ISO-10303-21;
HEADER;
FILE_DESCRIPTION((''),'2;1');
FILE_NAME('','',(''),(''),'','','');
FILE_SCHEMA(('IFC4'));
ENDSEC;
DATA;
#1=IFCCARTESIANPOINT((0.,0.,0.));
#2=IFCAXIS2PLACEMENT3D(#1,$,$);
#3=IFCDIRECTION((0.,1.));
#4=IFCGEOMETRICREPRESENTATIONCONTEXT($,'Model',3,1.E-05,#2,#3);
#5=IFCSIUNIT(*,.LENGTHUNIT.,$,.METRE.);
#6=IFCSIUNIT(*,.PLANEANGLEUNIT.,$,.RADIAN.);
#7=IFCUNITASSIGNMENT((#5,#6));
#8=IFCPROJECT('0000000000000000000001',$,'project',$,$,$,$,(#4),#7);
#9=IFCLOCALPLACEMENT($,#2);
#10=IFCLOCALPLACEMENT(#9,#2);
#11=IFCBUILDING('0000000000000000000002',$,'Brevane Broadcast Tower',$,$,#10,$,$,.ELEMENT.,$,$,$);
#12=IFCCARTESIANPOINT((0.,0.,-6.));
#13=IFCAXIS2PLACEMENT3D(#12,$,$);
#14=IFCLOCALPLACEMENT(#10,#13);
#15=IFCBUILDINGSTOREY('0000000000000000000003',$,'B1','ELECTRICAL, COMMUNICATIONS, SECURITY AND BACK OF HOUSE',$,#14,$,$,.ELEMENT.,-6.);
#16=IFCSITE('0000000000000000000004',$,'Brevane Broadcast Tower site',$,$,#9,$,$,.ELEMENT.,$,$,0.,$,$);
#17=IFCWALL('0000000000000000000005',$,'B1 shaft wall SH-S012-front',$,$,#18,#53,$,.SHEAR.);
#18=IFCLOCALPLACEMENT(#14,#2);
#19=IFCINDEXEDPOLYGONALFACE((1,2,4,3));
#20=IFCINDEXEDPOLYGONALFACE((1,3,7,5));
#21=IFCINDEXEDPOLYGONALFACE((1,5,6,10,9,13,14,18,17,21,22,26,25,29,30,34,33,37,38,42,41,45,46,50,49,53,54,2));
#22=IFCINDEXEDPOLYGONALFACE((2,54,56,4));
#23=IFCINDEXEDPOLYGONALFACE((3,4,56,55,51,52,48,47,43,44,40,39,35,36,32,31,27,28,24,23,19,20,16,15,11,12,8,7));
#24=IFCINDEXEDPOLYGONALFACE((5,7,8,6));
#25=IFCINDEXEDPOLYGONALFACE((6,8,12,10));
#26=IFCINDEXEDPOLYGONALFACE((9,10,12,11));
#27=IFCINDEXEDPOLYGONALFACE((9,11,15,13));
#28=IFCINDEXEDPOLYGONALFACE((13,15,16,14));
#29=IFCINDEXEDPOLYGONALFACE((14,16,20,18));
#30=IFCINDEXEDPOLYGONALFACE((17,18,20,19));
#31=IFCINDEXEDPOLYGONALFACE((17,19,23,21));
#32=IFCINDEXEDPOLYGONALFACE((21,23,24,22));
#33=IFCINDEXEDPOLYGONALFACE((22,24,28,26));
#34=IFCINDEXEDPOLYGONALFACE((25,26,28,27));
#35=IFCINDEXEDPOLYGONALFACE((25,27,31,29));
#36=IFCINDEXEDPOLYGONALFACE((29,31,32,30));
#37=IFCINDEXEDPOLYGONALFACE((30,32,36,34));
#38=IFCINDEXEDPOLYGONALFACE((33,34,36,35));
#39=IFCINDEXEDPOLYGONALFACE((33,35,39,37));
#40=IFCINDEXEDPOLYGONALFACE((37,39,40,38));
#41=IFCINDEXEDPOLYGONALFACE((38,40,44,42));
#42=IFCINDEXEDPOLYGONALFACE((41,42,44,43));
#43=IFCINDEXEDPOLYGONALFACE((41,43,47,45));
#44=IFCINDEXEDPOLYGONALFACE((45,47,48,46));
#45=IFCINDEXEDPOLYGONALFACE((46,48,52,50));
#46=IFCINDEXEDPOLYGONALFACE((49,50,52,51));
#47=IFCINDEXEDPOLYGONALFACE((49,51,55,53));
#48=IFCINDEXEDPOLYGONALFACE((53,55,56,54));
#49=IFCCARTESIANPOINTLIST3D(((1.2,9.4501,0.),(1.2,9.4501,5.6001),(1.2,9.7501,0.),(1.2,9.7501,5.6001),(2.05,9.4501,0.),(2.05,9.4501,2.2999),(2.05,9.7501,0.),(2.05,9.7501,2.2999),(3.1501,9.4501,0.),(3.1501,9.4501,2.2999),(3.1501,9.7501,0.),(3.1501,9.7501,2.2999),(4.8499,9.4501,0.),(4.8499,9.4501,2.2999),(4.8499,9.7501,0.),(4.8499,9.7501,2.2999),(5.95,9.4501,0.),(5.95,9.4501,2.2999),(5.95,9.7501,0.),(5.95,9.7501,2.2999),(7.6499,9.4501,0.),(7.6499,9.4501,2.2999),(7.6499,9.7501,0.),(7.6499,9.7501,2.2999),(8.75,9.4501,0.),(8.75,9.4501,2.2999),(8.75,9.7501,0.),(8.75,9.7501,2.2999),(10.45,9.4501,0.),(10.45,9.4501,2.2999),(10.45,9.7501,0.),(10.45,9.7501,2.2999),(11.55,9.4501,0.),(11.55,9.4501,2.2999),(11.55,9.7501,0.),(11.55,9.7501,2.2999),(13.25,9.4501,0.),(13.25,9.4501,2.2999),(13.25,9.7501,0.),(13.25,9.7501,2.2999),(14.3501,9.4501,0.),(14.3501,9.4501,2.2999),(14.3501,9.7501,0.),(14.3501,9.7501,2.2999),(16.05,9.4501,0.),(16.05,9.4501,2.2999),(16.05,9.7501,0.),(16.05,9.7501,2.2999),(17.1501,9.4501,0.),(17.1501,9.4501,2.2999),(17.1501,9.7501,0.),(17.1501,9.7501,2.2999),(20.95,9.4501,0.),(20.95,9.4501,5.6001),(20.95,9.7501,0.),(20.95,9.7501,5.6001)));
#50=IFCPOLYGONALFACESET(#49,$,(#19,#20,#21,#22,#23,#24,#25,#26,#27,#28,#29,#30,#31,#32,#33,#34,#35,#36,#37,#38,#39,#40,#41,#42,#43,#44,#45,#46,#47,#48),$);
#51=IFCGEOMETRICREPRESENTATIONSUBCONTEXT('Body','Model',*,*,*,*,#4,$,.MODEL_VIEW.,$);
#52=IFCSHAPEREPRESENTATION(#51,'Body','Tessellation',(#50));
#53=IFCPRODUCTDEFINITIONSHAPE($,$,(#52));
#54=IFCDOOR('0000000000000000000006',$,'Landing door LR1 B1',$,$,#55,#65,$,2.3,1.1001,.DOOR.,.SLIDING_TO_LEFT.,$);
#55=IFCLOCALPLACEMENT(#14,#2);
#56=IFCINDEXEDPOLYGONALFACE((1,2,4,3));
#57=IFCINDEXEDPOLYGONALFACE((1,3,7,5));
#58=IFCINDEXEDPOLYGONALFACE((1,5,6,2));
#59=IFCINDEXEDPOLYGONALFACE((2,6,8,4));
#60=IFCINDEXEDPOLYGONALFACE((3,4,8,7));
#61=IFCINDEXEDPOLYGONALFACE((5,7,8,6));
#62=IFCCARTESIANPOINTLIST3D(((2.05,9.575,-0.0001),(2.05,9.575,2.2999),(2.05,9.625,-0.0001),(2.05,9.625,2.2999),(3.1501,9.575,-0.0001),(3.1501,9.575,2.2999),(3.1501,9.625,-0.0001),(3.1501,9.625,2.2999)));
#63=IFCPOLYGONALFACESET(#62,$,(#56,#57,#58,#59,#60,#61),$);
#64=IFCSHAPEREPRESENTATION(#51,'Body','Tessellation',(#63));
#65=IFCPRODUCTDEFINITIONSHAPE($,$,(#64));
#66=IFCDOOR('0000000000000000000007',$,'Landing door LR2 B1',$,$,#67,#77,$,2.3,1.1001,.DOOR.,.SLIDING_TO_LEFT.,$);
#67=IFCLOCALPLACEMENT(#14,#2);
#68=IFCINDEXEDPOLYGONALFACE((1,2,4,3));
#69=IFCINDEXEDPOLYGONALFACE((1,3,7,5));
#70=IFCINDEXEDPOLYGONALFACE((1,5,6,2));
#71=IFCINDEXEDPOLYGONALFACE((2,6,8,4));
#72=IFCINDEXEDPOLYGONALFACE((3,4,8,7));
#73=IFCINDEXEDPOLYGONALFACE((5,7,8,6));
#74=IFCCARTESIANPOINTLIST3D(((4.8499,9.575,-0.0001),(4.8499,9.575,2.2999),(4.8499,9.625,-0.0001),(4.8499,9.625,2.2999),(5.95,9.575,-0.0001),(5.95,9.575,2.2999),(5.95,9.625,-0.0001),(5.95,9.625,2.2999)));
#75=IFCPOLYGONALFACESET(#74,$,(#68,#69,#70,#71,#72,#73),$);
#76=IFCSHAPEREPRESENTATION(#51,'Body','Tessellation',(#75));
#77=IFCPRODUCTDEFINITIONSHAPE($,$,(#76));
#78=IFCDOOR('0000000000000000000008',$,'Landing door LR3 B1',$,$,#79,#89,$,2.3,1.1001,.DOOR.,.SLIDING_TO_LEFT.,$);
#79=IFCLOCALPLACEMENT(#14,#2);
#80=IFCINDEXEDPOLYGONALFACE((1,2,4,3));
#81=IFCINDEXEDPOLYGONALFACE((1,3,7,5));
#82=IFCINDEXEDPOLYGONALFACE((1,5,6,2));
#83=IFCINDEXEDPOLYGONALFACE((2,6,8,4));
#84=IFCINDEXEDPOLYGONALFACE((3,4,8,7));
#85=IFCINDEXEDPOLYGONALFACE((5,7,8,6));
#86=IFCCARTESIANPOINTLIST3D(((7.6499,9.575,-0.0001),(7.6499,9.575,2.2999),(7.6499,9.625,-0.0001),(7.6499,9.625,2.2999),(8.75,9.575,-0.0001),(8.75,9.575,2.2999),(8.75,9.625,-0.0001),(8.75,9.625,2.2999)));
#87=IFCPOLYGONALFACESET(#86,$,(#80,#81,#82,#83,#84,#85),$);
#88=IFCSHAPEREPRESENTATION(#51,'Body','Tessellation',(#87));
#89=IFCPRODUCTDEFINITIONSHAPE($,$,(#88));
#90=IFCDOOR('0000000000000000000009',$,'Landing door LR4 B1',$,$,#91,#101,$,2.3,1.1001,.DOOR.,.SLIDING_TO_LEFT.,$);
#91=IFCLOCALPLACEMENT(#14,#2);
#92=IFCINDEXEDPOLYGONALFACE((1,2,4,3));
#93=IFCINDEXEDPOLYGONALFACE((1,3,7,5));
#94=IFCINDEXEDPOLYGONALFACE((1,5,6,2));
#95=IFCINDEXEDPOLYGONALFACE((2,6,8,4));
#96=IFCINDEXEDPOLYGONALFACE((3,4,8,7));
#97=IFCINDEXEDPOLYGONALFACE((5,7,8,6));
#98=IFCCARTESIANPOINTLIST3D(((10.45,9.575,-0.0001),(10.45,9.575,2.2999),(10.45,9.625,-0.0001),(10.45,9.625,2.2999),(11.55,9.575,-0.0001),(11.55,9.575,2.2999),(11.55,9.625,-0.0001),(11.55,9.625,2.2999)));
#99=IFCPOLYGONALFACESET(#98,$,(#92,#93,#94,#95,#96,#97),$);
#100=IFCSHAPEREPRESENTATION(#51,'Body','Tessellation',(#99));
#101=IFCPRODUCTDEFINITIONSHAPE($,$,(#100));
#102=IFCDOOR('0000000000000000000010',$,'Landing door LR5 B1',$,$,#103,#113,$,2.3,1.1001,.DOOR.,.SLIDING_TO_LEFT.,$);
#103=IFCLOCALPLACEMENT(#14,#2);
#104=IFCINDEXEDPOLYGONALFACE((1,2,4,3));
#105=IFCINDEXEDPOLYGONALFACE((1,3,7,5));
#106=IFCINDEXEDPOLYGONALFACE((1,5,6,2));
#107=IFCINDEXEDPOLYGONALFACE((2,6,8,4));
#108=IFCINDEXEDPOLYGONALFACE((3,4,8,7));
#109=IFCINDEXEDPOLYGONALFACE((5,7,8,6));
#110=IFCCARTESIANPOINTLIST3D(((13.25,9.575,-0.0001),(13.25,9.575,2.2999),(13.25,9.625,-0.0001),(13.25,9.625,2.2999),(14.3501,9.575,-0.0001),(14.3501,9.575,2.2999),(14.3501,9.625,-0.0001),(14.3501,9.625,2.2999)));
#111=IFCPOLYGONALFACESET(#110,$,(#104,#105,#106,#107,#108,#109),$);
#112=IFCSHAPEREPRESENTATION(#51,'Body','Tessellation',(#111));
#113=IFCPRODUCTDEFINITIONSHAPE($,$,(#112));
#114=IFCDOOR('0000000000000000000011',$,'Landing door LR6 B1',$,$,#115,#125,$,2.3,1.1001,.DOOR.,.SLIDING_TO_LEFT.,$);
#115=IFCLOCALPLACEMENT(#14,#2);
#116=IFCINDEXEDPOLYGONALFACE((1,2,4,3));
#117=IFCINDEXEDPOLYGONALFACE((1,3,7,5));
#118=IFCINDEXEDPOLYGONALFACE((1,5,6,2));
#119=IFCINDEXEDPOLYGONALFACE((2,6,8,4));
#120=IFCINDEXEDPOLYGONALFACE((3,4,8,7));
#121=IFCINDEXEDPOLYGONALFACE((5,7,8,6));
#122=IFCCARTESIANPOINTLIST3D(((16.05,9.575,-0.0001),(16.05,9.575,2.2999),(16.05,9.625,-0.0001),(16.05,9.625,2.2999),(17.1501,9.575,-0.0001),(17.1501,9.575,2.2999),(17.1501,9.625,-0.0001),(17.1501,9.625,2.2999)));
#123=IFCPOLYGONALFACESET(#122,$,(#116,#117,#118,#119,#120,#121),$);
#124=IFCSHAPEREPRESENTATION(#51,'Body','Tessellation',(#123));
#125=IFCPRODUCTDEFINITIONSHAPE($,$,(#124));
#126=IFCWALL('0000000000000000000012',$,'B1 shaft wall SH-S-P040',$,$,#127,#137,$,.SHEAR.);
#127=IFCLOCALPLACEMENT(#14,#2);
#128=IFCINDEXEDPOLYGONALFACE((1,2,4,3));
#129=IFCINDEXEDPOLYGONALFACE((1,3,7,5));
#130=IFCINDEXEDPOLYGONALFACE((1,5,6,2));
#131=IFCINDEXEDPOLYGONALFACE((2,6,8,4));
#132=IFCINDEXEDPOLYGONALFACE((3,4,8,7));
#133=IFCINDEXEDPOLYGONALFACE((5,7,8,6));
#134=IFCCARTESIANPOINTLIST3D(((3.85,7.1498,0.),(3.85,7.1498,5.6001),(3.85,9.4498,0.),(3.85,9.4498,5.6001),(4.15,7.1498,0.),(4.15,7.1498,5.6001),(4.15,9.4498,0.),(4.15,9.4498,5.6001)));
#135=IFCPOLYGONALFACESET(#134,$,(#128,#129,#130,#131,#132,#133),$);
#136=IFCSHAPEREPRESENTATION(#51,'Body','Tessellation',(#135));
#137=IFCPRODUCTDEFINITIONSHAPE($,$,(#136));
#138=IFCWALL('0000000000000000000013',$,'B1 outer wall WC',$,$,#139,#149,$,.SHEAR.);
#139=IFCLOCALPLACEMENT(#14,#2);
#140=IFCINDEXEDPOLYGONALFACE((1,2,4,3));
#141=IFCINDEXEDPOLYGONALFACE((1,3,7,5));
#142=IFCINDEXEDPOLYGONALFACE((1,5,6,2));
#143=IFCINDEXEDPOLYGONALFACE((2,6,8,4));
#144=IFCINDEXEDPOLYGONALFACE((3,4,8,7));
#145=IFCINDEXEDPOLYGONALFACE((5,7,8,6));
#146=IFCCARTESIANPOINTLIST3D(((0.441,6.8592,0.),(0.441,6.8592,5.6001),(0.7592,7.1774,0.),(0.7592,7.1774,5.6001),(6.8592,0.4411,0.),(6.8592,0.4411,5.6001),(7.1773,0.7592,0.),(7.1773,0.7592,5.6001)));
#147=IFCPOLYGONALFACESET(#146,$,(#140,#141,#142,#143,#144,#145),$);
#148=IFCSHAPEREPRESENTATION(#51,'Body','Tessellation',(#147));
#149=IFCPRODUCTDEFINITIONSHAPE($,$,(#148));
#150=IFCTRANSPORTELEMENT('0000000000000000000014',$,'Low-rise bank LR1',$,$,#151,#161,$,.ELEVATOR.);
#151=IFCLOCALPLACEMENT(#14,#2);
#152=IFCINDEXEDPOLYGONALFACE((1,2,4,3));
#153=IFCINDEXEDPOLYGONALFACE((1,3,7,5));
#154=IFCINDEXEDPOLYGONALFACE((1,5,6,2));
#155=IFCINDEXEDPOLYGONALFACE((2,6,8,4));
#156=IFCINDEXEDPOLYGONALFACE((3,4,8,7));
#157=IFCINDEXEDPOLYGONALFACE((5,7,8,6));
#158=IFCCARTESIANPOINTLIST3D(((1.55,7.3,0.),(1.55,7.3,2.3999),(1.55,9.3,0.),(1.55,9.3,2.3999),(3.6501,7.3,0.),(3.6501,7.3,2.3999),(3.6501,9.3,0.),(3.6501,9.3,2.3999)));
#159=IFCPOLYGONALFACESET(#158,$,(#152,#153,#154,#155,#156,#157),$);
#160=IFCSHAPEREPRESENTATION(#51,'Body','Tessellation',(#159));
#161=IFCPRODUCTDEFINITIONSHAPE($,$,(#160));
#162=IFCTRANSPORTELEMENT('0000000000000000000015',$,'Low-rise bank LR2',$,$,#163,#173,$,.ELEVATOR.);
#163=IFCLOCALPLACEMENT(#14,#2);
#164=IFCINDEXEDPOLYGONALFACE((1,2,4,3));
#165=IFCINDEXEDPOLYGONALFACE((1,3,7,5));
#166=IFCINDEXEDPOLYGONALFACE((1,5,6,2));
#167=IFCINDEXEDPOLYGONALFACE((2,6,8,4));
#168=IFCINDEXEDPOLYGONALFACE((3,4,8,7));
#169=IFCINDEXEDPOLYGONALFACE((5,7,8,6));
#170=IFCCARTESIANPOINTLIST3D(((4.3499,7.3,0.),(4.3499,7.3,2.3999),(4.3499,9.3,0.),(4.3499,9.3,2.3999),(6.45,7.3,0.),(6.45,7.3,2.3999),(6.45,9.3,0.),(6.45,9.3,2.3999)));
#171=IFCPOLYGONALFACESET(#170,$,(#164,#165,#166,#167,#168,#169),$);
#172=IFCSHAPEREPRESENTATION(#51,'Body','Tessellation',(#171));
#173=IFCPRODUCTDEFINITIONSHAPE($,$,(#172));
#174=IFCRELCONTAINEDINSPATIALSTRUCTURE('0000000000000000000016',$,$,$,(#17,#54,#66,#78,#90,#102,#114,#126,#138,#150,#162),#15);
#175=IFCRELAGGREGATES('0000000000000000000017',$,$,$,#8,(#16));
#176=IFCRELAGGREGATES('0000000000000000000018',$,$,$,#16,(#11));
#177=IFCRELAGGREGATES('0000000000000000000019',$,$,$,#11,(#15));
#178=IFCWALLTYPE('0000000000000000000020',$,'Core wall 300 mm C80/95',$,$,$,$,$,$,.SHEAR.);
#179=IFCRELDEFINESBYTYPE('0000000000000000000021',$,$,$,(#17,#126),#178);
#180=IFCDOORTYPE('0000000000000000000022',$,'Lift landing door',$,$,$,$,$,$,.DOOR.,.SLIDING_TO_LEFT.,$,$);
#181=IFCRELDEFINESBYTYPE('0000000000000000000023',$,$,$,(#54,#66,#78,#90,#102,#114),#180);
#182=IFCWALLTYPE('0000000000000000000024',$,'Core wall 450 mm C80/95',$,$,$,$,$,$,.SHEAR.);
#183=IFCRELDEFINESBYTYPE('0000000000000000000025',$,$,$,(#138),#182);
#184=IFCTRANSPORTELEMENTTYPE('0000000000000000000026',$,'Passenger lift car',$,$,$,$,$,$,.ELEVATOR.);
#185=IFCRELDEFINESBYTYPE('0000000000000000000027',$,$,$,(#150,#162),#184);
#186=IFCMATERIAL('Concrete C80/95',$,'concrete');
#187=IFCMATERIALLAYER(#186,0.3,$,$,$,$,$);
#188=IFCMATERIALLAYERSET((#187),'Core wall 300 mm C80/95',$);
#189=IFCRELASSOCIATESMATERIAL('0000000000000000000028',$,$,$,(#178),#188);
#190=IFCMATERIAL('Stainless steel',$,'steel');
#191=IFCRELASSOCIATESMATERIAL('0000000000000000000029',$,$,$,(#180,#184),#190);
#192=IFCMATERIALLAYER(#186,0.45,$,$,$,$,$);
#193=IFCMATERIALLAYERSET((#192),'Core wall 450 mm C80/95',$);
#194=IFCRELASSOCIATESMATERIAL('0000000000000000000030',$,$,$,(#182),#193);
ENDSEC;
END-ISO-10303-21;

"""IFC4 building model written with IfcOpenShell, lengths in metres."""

from ifc_helpers import new_model, si_unit, direction, frame, frame_2d, origin, origin_2d, place, context, subcontext, project, spatial, rectangle, extrude, material, layer, layer_set, type_object, element, fill, save


model = new_model("IFC4")

# Units and contexts
model_context = context("Model", 3, precision=1e-05, world=origin(), true_north=direction((0.0, 1.0)))
body_context = subcontext(model_context, "Body", "Model", "MODEL_VIEW")
ifc_project = project(units=[si_unit("LENGTHUNIT", "METRE"), si_unit("PLANEANGLEUNIT", "RADIAN")], contexts=[model_context])

# Site, building, storey
site_placement = place(None, origin())
site = spatial("IfcSite", under=ifc_project, at=site_placement, Name="Brevane Broadcast Tower site", CompositionType="ELEMENT", RefElevation=0.0)
building_placement = place(site_placement, origin())
building = spatial("IfcBuilding", under=site, at=building_placement, Name="Brevane Broadcast Tower", CompositionType="ELEMENT")
storey_placement = place(building_placement, frame((0.0, 0.0, -6.0)))
storey = spatial("IfcBuildingStorey", under=building, at=storey_placement, Name="B1", Description="ELECTRICAL, COMMUNICATIONS, SECURITY AND BACK OF HOUSE", CompositionType="ELEMENT", Elevation=-6.0)

# Shared definitions
ifc_material_1 = material(Name="Concrete C80/95", Category="concrete")
ifc_layer_1 = layer(ifc_material_1, 0.3)
ifc_layer_set_1 = layer_set([ifc_layer_1], Name="Core wall 300 mm C80/95")
wall_type_1 = type_object("IfcWallType", Name="Core wall 300 mm C80/95", PredefinedType="SHEAR", material=ifc_layer_set_1)

# Wall, openings, doors
wall_1_placement = place(storey_placement, frame((1.2, 9.6001, 0.0), z_axis=(0.0, 0.0, 1.0), x_axis=(1.0, 0.0, 0.0)))
wall_1 = element("IfcWall", 1, at=wall_1_placement, inside=storey, type_object=wall_type_1, Name="B1 shaft wall SH-S012-front", PredefinedType="SHEAR", context=body_context, shape_type="SweptSolid", body=[
    extrude(rectangle(XDim=19.75, YDim=0.3, at=frame_2d((9.875, 0.0))), origin(), (0.0, 0.0, 1.0), 5.6001),
])
opening_1_placement = place(wall_1_placement, frame((0.8501, 0.0, 0.0)))
opening_1 = element("IfcOpeningElement", 2, at=opening_1_placement, cuts=wall_1, PredefinedType="OPENING", context=body_context, shape_type="SweptSolid", body=[
    extrude(rectangle(XDim=1.1001, YDim=2.3, at=frame_2d((0.55, 1.1499))), frame((0.0, 0.1599, 0.0), z_axis=(0.0, -1.0, 0.0), x_axis=(1.0, 0.0, 0.0)), (0.0, 0.0, 1.0), 0.3201),
])
opening_2_placement = place(wall_1_placement, frame((3.6499, 0.0, 0.0)))
opening_2 = element("IfcOpeningElement", 3, at=opening_2_placement, cuts=wall_1, PredefinedType="OPENING", context=body_context, shape_type="SweptSolid", body=[
    extrude(rectangle(XDim=1.1001, YDim=2.3, at=frame_2d((0.55, 1.1499))), frame((0.0, 0.1599, 0.0), z_axis=(0.0, -1.0, 0.0), x_axis=(1.0, 0.0, 0.0)), (0.0, 0.0, 1.0), 0.3201),
])
opening_3_placement = place(wall_1_placement, frame((6.45, 0.0, 0.0)))
opening_3 = element("IfcOpeningElement", 4, at=opening_3_placement, cuts=wall_1, PredefinedType="OPENING", context=body_context, shape_type="SweptSolid", body=[
    extrude(rectangle(XDim=1.1001, YDim=2.3, at=frame_2d((0.55, 1.1499))), frame((0.0, 0.1599, 0.0), z_axis=(0.0, -1.0, 0.0), x_axis=(1.0, 0.0, 0.0)), (0.0, 0.0, 1.0), 0.3201),
])
opening_4_placement = place(wall_1_placement, frame((9.25, 0.0, 0.0)))
opening_4 = element("IfcOpeningElement", 5, at=opening_4_placement, cuts=wall_1, PredefinedType="OPENING", context=body_context, shape_type="SweptSolid", body=[
    extrude(rectangle(XDim=1.1001, YDim=2.3, at=frame_2d((0.55, 1.1499))), frame((0.0, 0.1599, 0.0), z_axis=(0.0, -1.0, 0.0), x_axis=(1.0, 0.0, 0.0)), (0.0, 0.0, 1.0), 0.3201),
])
opening_5_placement = place(wall_1_placement, frame((12.05, 0.0, 0.0)))
opening_5 = element("IfcOpeningElement", 6, at=opening_5_placement, cuts=wall_1, PredefinedType="OPENING", context=body_context, shape_type="SweptSolid", body=[
    extrude(rectangle(XDim=1.1001, YDim=2.3, at=frame_2d((0.55, 1.1499))), frame((0.0, 0.1599, 0.0), z_axis=(0.0, -1.0, 0.0), x_axis=(1.0, 0.0, 0.0)), (0.0, 0.0, 1.0), 0.3201),
])
opening_6_placement = place(wall_1_placement, frame((14.8501, 0.0, 0.0)))
opening_6 = element("IfcOpeningElement", 7, at=opening_6_placement, cuts=wall_1, PredefinedType="OPENING", context=body_context, shape_type="SweptSolid", body=[
    extrude(rectangle(XDim=1.1001, YDim=2.3, at=frame_2d((0.55, 1.1499))), frame((0.0, 0.1599, 0.0), z_axis=(0.0, -1.0, 0.0), x_axis=(1.0, 0.0, 0.0)), (0.0, 0.0, 1.0), 0.3201),
])
ifc_material_2 = material(Name="Stainless steel", Category="steel")
door_type_1 = type_object("IfcDoorType", Name="Lift landing door", OperationType="SLIDING_TO_LEFT", PredefinedType="DOOR", material=ifc_material_2)
door_1_placement = place(opening_1_placement, origin())
door_1 = element("IfcDoor", 8, at=door_1_placement, inside=storey, type_object=door_type_1, Name="Landing door LR1 B1", OperationType="SLIDING_TO_LEFT", OverallHeight=2.3, OverallWidth=1.1001, PredefinedType="DOOR", context=body_context, shape_type="SweptSolid", body=[
    extrude(rectangle(XDim=1.1001, YDim=2.3, at=frame_2d((0.55, 1.1499))), frame((0.0, 0.0249, 0.0), z_axis=(0.0, -1.0, 0.0), x_axis=(1.0, 0.0, 0.0)), (0.0, 0.0, 1.0), 0.05),
])
fill(opening_1, door_1)
door_2_placement = place(opening_2_placement, origin())
door_2 = element("IfcDoor", 9, at=door_2_placement, inside=storey, type_object=door_type_1, Name="Landing door LR2 B1", OperationType="SLIDING_TO_LEFT", OverallHeight=2.3, OverallWidth=1.1001, PredefinedType="DOOR", context=body_context, shape_type="SweptSolid", body=[
    extrude(rectangle(XDim=1.1001, YDim=2.3, at=frame_2d((0.55, 1.1499))), frame((0.0, 0.0249, 0.0), z_axis=(0.0, -1.0, 0.0), x_axis=(1.0, 0.0, 0.0)), (0.0, 0.0, 1.0), 0.05),
])
fill(opening_2, door_2)
door_3_placement = place(opening_3_placement, origin())
door_3 = element("IfcDoor", 10, at=door_3_placement, inside=storey, type_object=door_type_1, Name="Landing door LR3 B1", OperationType="SLIDING_TO_LEFT", OverallHeight=2.3, OverallWidth=1.1001, PredefinedType="DOOR", context=body_context, shape_type="SweptSolid", body=[
    extrude(rectangle(XDim=1.1001, YDim=2.3, at=frame_2d((0.55, 1.1499))), frame((0.0, 0.0249, 0.0), z_axis=(0.0, -1.0, 0.0), x_axis=(1.0, 0.0, 0.0)), (0.0, 0.0, 1.0), 0.05),
])
fill(opening_3, door_3)
door_4_placement = place(opening_4_placement, origin())
door_4 = element("IfcDoor", 11, at=door_4_placement, inside=storey, type_object=door_type_1, Name="Landing door LR4 B1", OperationType="SLIDING_TO_LEFT", OverallHeight=2.3, OverallWidth=1.1001, PredefinedType="DOOR", context=body_context, shape_type="SweptSolid", body=[
    extrude(rectangle(XDim=1.1001, YDim=2.3, at=frame_2d((0.55, 1.1499))), frame((0.0, 0.0249, 0.0), z_axis=(0.0, -1.0, 0.0), x_axis=(1.0, 0.0, 0.0)), (0.0, 0.0, 1.0), 0.05),
])
fill(opening_4, door_4)
door_5_placement = place(opening_5_placement, origin())
door_5 = element("IfcDoor", 12, at=door_5_placement, inside=storey, type_object=door_type_1, Name="Landing door LR5 B1", OperationType="SLIDING_TO_LEFT", OverallHeight=2.3, OverallWidth=1.1001, PredefinedType="DOOR", context=body_context, shape_type="SweptSolid", body=[
    extrude(rectangle(XDim=1.1001, YDim=2.3, at=frame_2d((0.55, 1.1499))), frame((0.0, 0.0249, 0.0), z_axis=(0.0, -1.0, 0.0), x_axis=(1.0, 0.0, 0.0)), (0.0, 0.0, 1.0), 0.05),
])
fill(opening_5, door_5)
door_6_placement = place(opening_6_placement, origin())
door_6 = element("IfcDoor", 13, at=door_6_placement, inside=storey, type_object=door_type_1, Name="Landing door LR6 B1", OperationType="SLIDING_TO_LEFT", OverallHeight=2.3, OverallWidth=1.1001, PredefinedType="DOOR", context=body_context, shape_type="SweptSolid", body=[
    extrude(rectangle(XDim=1.1001, YDim=2.3, at=frame_2d((0.55, 1.1499))), frame((0.0, 0.0249, 0.0), z_axis=(0.0, -1.0, 0.0), x_axis=(1.0, 0.0, 0.0)), (0.0, 0.0, 1.0), 0.05),
])
fill(opening_6, door_6)

# Walls
wall_2_placement = place(storey_placement, frame((4.0, 7.1499, 0.0), z_axis=(0.0, 0.0, 1.0), x_axis=(0.0, 1.0, 0.0)))
element("IfcWall", 14, at=wall_2_placement, inside=storey, type_object=wall_type_1, Name="B1 shaft wall SH-S-P040", PredefinedType="SHEAR", context=body_context, shape_type="SweptSolid", body=[
    extrude(rectangle(XDim=2.3, YDim=0.3, at=frame_2d((1.1499, 0.0))), origin(), (0.0, 0.0, 1.0), 5.6001),
])
ifc_layer_2 = layer(ifc_material_1, 0.45)
ifc_layer_set_2 = layer_set([ifc_layer_2], Name="Core wall 450 mm C80/95")
wall_type_2 = type_object("IfcWallType", Name="Core wall 450 mm C80/95", PredefinedType="SHEAR", material=ifc_layer_set_2)
wall_3_placement = place(storey_placement, frame((0.6001, 7.0183, 0.0), z_axis=(0.0, 0.0, 1.0), x_axis=(0.707107, -0.707107, 0.0)))
element("IfcWall", 15, at=wall_3_placement, inside=storey, type_object=wall_type_2, Name="B1 outer wall WC", PredefinedType="SHEAR", context=body_context, shape_type="SweptSolid", body=[
    extrude(rectangle(XDim=9.0767, YDim=0.45, at=frame_2d((4.5383, 0.0))), origin(), (0.0, 0.0, 1.0), 5.6001),
])

# Transport elements
transport_element_type = type_object("IfcTransportElementType", Name="Passenger lift car", PredefinedType="ELEVATOR", material=ifc_material_2)
for number, where, z_axis, x_axis, name in (
    (16, (2.6001, 8.3, 0.0), (0.0, 0.0, 1.0), (1.0, 0.0, 0.0), "Low-rise bank LR1"),
    (17, (5.3999, 8.3, 0.0), (0.0, 0.0, 1.0), (1.0, 0.0, 0.0), "Low-rise bank LR2"),
):
    element("IfcTransportElement", number, at=place(storey_placement, frame(where, z_axis=z_axis, x_axis=x_axis)), inside=storey, type_object=transport_element_type, Name=name, PredefinedType="ELEVATOR", context=body_context, shape_type="SweptSolid", body=[
        extrude(rectangle(XDim=2.1001, YDim=2.0, at=origin_2d()), origin(), (0.0, 0.0, 1.0), 2.3999),
    ])

save(model, "model.ifc")
